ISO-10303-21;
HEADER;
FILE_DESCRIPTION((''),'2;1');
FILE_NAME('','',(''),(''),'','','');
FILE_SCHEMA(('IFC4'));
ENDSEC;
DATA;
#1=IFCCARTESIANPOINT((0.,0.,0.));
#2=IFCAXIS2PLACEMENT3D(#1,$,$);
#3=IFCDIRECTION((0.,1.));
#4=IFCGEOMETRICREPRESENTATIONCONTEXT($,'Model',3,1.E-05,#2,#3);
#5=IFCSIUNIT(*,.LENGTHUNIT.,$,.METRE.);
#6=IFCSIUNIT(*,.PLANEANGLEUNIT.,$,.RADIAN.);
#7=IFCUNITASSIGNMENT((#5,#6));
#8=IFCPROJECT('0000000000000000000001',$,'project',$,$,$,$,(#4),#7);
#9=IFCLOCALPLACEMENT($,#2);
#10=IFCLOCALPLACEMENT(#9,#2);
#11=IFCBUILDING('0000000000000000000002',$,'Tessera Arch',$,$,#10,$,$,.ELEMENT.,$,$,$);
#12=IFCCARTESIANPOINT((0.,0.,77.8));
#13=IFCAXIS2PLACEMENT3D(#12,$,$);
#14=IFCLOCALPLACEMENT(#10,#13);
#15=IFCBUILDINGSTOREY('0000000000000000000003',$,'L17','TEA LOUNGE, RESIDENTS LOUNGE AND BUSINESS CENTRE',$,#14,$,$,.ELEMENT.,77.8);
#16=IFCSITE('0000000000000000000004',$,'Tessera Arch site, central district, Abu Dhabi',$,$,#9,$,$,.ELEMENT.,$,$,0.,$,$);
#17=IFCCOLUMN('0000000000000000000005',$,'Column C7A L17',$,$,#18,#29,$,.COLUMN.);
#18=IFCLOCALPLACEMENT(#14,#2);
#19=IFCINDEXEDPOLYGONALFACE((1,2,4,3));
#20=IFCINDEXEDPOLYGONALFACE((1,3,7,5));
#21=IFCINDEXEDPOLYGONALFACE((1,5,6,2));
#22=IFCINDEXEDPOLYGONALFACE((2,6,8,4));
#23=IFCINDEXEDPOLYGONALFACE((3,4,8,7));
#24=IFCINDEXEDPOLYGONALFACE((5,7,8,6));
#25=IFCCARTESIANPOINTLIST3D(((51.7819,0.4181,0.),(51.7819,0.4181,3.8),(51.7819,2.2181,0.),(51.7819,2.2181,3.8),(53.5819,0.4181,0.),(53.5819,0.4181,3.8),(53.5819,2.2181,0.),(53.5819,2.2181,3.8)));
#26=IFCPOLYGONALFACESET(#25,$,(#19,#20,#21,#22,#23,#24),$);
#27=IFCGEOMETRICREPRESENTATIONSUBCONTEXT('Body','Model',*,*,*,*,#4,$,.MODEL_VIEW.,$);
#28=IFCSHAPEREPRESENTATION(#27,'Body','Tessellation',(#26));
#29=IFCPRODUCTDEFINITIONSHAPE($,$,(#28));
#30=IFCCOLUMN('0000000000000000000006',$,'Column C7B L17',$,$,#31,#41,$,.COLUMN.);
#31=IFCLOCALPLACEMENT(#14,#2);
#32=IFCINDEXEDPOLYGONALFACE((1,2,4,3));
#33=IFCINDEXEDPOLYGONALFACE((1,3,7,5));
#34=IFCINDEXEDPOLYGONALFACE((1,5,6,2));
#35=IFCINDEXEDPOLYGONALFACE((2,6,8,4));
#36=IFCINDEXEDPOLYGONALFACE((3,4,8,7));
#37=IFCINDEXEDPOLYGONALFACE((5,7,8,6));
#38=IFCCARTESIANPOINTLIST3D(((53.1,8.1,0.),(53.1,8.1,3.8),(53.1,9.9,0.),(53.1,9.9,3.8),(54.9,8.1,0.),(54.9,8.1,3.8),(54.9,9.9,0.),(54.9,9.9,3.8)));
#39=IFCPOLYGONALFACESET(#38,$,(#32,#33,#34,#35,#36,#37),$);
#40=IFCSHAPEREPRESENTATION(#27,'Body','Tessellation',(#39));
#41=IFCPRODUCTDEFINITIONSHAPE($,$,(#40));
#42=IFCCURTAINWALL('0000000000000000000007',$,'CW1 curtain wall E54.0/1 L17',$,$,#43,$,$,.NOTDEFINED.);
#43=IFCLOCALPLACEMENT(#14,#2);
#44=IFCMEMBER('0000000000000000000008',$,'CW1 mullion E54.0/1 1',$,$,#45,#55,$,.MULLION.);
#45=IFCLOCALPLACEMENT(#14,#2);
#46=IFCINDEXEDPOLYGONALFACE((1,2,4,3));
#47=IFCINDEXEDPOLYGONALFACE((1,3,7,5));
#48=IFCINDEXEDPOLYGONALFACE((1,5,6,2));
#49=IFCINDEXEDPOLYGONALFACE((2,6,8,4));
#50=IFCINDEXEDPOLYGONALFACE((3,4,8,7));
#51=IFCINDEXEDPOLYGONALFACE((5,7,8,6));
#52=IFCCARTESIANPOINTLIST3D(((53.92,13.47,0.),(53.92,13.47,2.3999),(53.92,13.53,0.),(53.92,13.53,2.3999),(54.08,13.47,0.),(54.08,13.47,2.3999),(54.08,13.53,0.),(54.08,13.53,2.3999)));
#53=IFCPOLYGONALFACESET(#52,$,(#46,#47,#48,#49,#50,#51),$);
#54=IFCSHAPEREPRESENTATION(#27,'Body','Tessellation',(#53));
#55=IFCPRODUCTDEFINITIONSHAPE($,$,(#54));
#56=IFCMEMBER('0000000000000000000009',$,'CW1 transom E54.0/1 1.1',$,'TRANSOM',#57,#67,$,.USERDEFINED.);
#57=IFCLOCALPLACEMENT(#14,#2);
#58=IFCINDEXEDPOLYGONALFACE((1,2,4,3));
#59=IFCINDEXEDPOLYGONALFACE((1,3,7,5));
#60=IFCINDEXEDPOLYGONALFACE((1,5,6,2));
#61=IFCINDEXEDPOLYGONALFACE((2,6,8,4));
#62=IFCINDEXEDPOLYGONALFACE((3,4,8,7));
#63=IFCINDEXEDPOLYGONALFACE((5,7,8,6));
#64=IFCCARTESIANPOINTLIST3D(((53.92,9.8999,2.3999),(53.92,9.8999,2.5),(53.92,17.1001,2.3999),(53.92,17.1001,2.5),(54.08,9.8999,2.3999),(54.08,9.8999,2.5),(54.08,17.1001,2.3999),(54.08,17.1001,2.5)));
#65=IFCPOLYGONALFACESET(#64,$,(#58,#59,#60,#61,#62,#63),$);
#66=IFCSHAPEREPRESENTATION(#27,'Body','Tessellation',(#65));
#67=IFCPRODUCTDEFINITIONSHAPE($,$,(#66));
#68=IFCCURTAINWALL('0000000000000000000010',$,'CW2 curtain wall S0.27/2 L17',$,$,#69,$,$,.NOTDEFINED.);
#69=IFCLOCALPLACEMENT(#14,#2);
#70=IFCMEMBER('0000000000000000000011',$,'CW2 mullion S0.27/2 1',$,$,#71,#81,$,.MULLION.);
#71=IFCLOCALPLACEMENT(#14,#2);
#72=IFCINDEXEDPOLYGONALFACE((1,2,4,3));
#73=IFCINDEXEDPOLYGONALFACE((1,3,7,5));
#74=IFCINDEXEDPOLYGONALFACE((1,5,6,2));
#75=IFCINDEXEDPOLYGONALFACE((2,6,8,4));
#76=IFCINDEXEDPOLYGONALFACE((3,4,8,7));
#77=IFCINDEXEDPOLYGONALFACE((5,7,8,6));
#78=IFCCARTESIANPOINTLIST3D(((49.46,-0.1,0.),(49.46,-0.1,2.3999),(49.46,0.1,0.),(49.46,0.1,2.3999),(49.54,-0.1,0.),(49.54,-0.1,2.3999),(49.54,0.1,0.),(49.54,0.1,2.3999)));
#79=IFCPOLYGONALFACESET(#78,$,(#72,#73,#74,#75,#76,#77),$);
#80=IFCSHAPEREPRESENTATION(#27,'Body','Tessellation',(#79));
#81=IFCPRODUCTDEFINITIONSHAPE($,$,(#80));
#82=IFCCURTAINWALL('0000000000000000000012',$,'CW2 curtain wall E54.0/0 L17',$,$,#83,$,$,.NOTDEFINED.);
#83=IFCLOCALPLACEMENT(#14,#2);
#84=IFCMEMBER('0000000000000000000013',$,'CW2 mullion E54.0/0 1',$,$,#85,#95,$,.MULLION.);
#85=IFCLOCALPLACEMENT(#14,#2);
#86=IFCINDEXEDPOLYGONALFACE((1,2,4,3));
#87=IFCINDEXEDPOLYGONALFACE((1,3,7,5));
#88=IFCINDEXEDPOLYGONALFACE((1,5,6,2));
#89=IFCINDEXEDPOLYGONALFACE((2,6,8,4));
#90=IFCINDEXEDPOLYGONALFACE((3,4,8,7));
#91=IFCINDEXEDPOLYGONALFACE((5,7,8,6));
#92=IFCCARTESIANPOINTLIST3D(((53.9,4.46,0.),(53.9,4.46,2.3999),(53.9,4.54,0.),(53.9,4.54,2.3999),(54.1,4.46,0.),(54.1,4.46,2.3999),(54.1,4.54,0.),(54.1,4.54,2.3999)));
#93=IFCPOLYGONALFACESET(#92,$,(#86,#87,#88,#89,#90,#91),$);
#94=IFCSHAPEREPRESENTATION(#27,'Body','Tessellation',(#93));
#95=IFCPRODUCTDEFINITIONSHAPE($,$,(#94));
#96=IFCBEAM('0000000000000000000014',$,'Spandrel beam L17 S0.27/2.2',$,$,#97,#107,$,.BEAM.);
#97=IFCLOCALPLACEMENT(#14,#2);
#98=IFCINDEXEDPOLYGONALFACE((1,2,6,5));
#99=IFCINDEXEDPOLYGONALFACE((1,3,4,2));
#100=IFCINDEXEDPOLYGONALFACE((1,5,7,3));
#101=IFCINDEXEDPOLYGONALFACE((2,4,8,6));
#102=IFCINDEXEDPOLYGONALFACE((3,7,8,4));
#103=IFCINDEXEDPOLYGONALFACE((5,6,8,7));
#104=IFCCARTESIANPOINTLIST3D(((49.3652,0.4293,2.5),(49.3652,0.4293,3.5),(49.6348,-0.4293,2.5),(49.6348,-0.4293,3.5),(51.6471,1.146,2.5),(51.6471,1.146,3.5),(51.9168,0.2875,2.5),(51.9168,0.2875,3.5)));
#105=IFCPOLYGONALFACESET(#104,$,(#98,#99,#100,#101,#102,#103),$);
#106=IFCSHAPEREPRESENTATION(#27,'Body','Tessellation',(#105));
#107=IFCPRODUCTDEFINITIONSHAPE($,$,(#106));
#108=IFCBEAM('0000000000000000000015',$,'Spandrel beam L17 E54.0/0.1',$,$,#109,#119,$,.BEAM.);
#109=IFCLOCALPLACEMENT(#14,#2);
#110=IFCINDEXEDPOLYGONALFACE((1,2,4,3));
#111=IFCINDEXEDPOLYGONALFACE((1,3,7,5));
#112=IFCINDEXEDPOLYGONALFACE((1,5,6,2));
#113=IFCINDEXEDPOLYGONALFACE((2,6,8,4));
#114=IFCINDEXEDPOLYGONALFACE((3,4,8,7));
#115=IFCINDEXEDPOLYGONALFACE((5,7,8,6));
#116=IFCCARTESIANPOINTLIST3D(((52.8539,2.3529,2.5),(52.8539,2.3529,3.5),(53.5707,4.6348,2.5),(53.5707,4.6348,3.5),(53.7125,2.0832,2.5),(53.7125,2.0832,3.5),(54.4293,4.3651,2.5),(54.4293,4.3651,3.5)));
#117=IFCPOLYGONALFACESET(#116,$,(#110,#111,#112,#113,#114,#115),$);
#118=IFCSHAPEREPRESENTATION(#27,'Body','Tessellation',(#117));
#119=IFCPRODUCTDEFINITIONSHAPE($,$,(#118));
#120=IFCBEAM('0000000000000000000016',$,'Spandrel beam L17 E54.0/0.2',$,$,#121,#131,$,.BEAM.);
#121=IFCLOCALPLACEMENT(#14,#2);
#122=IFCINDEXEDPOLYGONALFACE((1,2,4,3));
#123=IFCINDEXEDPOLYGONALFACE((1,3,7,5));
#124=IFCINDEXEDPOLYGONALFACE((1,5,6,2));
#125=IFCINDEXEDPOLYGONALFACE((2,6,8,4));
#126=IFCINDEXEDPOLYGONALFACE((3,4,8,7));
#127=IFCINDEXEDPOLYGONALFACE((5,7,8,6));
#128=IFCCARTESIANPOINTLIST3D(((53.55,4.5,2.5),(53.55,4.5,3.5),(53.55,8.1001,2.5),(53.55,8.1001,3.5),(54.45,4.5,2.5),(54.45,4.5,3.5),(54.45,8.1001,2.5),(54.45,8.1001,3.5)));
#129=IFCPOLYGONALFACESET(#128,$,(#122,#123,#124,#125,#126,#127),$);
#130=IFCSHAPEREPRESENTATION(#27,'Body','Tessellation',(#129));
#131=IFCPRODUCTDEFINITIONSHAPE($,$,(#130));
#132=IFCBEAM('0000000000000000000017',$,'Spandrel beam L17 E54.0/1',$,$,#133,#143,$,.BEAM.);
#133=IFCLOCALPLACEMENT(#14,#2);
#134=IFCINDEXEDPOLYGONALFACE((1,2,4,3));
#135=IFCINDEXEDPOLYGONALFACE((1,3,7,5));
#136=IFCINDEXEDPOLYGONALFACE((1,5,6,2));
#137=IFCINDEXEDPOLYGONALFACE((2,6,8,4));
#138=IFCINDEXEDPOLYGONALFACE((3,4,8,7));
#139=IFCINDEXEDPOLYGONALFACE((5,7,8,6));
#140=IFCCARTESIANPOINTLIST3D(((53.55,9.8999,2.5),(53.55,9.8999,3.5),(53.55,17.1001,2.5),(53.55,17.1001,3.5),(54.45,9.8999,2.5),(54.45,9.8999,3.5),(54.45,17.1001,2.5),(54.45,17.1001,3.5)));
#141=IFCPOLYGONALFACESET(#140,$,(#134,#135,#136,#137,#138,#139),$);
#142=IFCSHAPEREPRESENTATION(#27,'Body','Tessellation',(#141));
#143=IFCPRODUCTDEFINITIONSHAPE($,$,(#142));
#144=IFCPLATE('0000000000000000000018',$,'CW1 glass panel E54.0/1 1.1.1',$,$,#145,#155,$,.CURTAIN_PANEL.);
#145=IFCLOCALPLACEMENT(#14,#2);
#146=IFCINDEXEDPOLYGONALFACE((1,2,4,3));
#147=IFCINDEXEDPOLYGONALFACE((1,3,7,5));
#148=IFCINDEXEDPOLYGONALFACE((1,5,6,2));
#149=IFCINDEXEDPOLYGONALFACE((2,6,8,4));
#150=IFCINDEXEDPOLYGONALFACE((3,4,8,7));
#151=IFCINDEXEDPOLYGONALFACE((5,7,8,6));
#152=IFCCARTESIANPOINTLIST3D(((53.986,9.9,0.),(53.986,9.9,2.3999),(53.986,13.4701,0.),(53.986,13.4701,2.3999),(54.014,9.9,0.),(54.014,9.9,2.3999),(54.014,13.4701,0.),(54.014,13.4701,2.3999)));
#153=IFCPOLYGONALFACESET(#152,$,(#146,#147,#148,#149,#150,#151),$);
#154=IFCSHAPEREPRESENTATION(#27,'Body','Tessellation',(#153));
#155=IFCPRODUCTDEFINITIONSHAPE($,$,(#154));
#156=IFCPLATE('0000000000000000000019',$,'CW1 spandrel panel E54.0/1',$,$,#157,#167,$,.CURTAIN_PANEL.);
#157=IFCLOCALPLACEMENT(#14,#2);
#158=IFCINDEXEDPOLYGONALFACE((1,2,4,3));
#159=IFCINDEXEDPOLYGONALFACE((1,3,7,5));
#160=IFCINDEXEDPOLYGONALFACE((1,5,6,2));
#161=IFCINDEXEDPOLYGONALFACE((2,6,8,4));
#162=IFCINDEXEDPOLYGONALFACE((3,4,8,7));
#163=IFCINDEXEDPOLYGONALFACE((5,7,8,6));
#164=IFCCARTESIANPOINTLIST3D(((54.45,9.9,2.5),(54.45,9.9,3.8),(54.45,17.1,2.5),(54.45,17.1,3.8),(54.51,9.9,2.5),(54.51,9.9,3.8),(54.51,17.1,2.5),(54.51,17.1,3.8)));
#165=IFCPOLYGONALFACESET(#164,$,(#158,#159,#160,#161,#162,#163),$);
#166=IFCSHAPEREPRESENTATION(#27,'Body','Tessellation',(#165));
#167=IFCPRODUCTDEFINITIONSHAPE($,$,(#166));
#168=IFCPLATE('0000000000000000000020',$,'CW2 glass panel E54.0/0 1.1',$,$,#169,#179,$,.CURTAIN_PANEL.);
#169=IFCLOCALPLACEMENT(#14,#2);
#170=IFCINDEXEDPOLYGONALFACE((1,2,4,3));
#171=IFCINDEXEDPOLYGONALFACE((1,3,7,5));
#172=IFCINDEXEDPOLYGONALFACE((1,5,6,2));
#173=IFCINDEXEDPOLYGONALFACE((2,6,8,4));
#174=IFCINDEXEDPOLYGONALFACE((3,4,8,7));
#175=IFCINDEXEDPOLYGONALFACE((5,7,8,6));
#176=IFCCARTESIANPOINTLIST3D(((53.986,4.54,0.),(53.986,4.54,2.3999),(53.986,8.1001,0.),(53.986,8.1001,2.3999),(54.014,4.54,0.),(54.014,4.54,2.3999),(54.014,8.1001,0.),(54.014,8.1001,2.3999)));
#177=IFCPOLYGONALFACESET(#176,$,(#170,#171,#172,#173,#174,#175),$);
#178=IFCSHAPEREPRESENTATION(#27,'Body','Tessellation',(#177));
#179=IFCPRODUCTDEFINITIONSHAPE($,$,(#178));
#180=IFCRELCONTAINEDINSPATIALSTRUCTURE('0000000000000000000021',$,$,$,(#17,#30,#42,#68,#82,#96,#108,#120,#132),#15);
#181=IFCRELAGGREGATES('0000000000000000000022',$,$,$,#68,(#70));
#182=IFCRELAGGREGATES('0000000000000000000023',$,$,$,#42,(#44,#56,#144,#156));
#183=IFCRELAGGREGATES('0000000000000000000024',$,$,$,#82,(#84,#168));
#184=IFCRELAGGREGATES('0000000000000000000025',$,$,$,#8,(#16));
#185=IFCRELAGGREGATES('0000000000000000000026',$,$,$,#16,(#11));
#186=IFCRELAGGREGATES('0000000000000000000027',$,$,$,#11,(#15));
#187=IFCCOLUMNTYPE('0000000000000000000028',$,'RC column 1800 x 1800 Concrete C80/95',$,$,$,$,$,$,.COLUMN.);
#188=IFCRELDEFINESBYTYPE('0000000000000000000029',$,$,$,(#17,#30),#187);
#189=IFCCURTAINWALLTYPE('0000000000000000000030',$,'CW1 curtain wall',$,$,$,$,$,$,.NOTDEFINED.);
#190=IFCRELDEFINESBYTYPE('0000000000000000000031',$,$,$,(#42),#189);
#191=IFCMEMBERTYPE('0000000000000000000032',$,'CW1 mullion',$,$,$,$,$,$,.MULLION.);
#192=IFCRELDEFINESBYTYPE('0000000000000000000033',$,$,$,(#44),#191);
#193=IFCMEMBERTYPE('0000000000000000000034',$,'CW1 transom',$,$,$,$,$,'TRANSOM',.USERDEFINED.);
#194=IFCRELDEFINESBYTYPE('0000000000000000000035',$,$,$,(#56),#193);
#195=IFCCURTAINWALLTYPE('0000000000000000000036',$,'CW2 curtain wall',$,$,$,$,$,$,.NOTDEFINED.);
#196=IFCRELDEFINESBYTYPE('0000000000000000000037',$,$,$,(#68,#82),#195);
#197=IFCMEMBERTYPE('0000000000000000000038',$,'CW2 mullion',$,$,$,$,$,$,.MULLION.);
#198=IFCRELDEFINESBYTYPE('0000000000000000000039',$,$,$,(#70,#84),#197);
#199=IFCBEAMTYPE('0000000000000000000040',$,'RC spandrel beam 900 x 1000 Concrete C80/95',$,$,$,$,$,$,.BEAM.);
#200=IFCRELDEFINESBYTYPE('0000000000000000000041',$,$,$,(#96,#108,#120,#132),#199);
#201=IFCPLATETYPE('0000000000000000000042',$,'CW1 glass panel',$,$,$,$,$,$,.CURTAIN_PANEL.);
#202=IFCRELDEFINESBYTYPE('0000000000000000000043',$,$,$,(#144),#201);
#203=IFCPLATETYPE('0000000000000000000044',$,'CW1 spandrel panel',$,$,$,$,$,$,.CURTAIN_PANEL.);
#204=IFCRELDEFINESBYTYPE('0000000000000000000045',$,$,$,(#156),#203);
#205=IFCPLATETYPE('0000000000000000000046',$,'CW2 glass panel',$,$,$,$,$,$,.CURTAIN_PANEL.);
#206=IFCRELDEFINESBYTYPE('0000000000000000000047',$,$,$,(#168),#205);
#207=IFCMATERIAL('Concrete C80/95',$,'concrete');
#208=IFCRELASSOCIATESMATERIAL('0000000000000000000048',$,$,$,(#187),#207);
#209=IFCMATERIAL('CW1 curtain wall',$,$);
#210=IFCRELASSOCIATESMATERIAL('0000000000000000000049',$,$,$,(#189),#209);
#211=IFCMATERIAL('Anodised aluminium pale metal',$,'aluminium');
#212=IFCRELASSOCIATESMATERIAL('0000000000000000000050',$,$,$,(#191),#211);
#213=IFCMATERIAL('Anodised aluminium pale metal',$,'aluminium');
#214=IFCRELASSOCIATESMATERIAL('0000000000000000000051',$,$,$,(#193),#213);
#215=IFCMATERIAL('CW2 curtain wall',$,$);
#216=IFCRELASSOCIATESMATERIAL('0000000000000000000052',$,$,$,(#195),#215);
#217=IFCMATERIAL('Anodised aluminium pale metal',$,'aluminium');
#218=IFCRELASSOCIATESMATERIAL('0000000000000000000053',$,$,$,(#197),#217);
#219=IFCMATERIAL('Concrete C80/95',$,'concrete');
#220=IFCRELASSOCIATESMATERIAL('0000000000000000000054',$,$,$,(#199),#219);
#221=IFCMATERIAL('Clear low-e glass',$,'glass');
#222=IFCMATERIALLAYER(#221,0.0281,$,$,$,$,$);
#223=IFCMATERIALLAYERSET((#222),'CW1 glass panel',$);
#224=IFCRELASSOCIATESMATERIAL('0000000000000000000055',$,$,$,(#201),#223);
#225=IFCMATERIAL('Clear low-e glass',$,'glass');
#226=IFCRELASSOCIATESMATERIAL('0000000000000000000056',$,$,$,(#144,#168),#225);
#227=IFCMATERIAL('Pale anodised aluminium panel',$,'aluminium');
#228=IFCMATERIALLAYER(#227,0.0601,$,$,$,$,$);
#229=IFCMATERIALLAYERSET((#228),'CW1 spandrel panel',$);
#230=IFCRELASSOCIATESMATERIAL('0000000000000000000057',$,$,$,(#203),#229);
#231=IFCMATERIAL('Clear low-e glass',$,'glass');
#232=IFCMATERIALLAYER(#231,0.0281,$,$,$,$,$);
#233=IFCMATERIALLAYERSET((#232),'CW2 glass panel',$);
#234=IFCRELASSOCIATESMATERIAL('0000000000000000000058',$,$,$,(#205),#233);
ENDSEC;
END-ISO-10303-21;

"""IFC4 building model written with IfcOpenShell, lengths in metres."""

from ifc_helpers import new_model, si_unit, direction, frame, origin, origin_2d, place, context, subcontext, project, spatial, rectangle, extrude, material, layer, layer_set, material_profile, profile_set, type_object, element, aggregate, save


model = new_model("IFC4")

# Units and contexts
model_context = context("Model", 3, precision=1e-05, world=origin(), true_north=direction((0.0, 1.0)))
body_context = subcontext(model_context, "Body", "Model", "MODEL_VIEW")
ifc_project = project(units=[si_unit("LENGTHUNIT", "METRE"), si_unit("PLANEANGLEUNIT", "RADIAN")], contexts=[model_context])

# Site, building, storey
site_placement = place(None, origin())
site = spatial("IfcSite", under=ifc_project, at=site_placement, Name="Tessera Arch site, central district, Abu Dhabi", CompositionType="ELEMENT", RefElevation=0.0)
building_placement = place(site_placement, origin())
building = spatial("IfcBuilding", under=site, at=building_placement, Name="Tessera Arch", CompositionType="ELEMENT")
storey_placement = place(building_placement, frame((0.0, 0.0, 77.8)))
storey = spatial("IfcBuildingStorey", under=building, at=storey_placement, Name="L17", Description="TEA LOUNGE, RESIDENTS LOUNGE AND BUSINESS CENTRE", CompositionType="ELEMENT", Elevation=77.8)

# Columns
ifc_material_1 = material(Name="Concrete C80/95", Category="concrete")
ifc_material_profile_1 = material_profile(ifc_material_1, rectangle(XDim=1.8, YDim=1.8, at=origin_2d()), Name="RC column 1800 x 1800 Concrete C80/95")
ifc_profile_set_1 = profile_set([ifc_material_profile_1], Name="Concrete C80/95")
column_type = type_object("IfcColumnType", Name="RC column 1800 x 1800 Concrete C80/95", PredefinedType="COLUMN", material=ifc_profile_set_1)
for number, where, z_axis, x_axis, name in (
    (1, (52.6819, 1.3181, 0.0), (0.0, 0.0, 1.0), (1.0, 0.0, 0.0), "Column C7A L17"),
    (2, (54.0, 9.0, 0.0), (0.0, 0.0, 1.0), (1.0, 0.0, 0.0), "Column C7B L17"),
):
    element("IfcColumn", number, at=place(storey_placement, frame(where, z_axis=z_axis, x_axis=x_axis)), inside=storey, type_object=column_type, Name=name, PredefinedType="COLUMN", context=body_context, shape_type="SweptSolid", body=[
        extrude(rectangle(XDim=1.8, YDim=1.8, at=origin_2d()), origin(), (0.0, 0.0, 1.0), 3.8),
    ])

# Curtain wall, members
ifc_material_2 = material(Name="CW1 curtain wall")
curtain_wall_type_1 = type_object("IfcCurtainWallType", Name="CW1 curtain wall", PredefinedType="NOTDEFINED", material=ifc_material_2)
curtain_wall_1_placement = place(storey_placement, origin())
curtain_wall_1 = element("IfcCurtainWall", 3, at=curtain_wall_1_placement, inside=storey, type_object=curtain_wall_type_1, Name="CW1 curtain wall E54.0/1 L17", PredefinedType="NOTDEFINED")
ifc_material_3 = material(Name="Anodised aluminium pale metal", Category="aluminium")
ifc_material_profile_2 = material_profile(ifc_material_3, rectangle(XDim=0.1599, YDim=0.0601, at=origin_2d()), Name="AL 60x160")
ifc_profile_set_2 = profile_set([ifc_material_profile_2], Name="Anodised aluminium pale metal")
member_type_1 = type_object("IfcMemberType", Name="CW1 mullion", PredefinedType="MULLION", material=ifc_profile_set_2)
member_1_placement = place(storey_placement, frame((54.0, 13.5, 0.0), z_axis=(0.0, 0.0, 1.0), x_axis=(-1.0, 0.0, 0.0)))
member_1 = element("IfcMember", 4, at=member_1_placement, type_object=member_type_1, Name="CW1 mullion E54.0/1 1", PredefinedType="MULLION", context=body_context, shape_type="SweptSolid", body=[
    extrude(rectangle(XDim=0.1599, YDim=0.0601, at=origin_2d()), origin(), (0.0, 0.0, 1.0), 2.3999),
])
ifc_material_4 = material(Name="Anodised aluminium pale metal", Category="aluminium")
ifc_material_profile_3 = material_profile(ifc_material_4, rectangle(XDim=0.1599, YDim=0.1001, at=origin_2d()), Name="AL 160x100")
ifc_profile_set_3 = profile_set([ifc_material_profile_3], Name="Anodised aluminium pale metal")
member_type_2 = type_object("IfcMemberType", Name="CW1 transom", ElementType="TRANSOM", PredefinedType="USERDEFINED", material=ifc_profile_set_3)
member_2_placement = place(storey_placement, frame((54.0, 9.8999, 2.45), z_axis=(0.0, 1.0, 0.0), x_axis=(-1.0, 0.0, 0.0)))
member_2 = element("IfcMember", 5, at=member_2_placement, type_object=member_type_2, Name="CW1 transom E54.0/1 1.1", ObjectType="TRANSOM", PredefinedType="USERDEFINED", context=body_context, shape_type="SweptSolid", body=[
    extrude(rectangle(XDim=0.1599, YDim=0.1001, at=origin_2d()), origin(), (0.0, 0.0, 1.0), 7.2002),
])

# Curtain walls, members
ifc_material_5 = material(Name="CW2 curtain wall")
curtain_wall_type_2 = type_object("IfcCurtainWallType", Name="CW2 curtain wall", PredefinedType="NOTDEFINED", material=ifc_material_5)
curtain_wall_2_placement = place(storey_placement, origin())
curtain_wall_2 = element("IfcCurtainWall", 6, at=curtain_wall_2_placement, inside=storey, type_object=curtain_wall_type_2, Name="CW2 curtain wall S0.27/2 L17", PredefinedType="NOTDEFINED")
ifc_material_6 = material(Name="Anodised aluminium pale metal", Category="aluminium")
ifc_material_profile_4 = material_profile(ifc_material_6, rectangle(XDim=0.2, YDim=0.0801, at=origin_2d()), Name="AL 80x200")
ifc_profile_set_4 = profile_set([ifc_material_profile_4], Name="Anodised aluminium pale metal")
member_type_3 = type_object("IfcMemberType", Name="CW2 mullion", PredefinedType="MULLION", material=ifc_profile_set_4)
member_3_placement = place(storey_placement, frame((49.5, 0.0, 0.0), z_axis=(0.0, 0.0, 1.0), x_axis=(0.0, 1.0, 0.0)))
member_3 = element("IfcMember", 7, at=member_3_placement, type_object=member_type_3, Name="CW2 mullion S0.27/2 1", PredefinedType="MULLION", context=body_context, shape_type="SweptSolid", body=[
    extrude(rectangle(XDim=0.2, YDim=0.0801, at=origin_2d()), origin(), (0.0, 0.0, 1.0), 2.3999),
])
aggregate(curtain_wall_2, [member_3])
curtain_wall_3_placement = place(storey_placement, origin())
curtain_wall_3 = element("IfcCurtainWall", 8, at=curtain_wall_3_placement, inside=storey, type_object=curtain_wall_type_2, Name="CW2 curtain wall E54.0/0 L17", PredefinedType="NOTDEFINED")
member_4_placement = place(storey_placement, frame((54.0, 4.5, 0.0), z_axis=(0.0, 0.0, 1.0), x_axis=(-1.0, 0.0, 0.0)))
member_4 = element("IfcMember", 9, at=member_4_placement, type_object=member_type_3, Name="CW2 mullion E54.0/0 1", PredefinedType="MULLION", context=body_context, shape_type="SweptSolid", body=[
    extrude(rectangle(XDim=0.2, YDim=0.0801, at=origin_2d()), origin(), (0.0, 0.0, 1.0), 2.3999),
])

# Beams
ifc_material_7 = material(Name="Concrete C80/95", Category="concrete")
ifc_material_profile_5 = material_profile(ifc_material_7, rectangle(XDim=0.8999, YDim=1.0, at=origin_2d()), Name="RC spandrel beam 900 x 1000 Concrete C80/95")
ifc_profile_set_5 = profile_set([ifc_material_profile_5], Name="Concrete C80/95")
beam_type = type_object("IfcBeamType", Name="RC spandrel beam 900 x 1000 Concrete C80/95", PredefinedType="BEAM", material=ifc_profile_set_5)
for number, where, z_axis, x_axis, name in (
    (10, (49.5, 0.0, 3.0), (0.954041, 0.299675, 0.0), (-0.299675, 0.954041, 0.0), "Spandrel beam L17 S0.27/2.2"),
    (11, (53.2832, 2.218, 3.0), (0.299675, 0.954041, 0.0), (-0.954041, 0.299675, 0.0), "Spandrel beam L17 E54.0/0.1"),
):
    element("IfcBeam", number, at=place(storey_placement, frame(where, z_axis=z_axis, x_axis=x_axis)), inside=storey, type_object=beam_type, Name=name, PredefinedType="BEAM", context=body_context, shape_type="SweptSolid", body=[
        extrude(rectangle(XDim=0.8999, YDim=1.0, at=origin_2d()), origin(), (0.0, 0.0, 1.0), 2.3918),
    ])
beam_1_placement = place(storey_placement, frame((54.0, 4.5, 3.0), z_axis=(0.0, 1.0, 0.0), x_axis=(-1.0, 0.0, 0.0)))
element("IfcBeam", 12, at=beam_1_placement, inside=storey, type_object=beam_type, Name="Spandrel beam L17 E54.0/0.2", PredefinedType="BEAM", context=body_context, shape_type="SweptSolid", body=[
    extrude(rectangle(XDim=0.8999, YDim=1.0, at=origin_2d()), origin(), (0.0, 0.0, 1.0), 3.6001),
])
beam_2_placement = place(storey_placement, frame((54.0, 9.8999, 3.0), z_axis=(0.0, 1.0, 0.0), x_axis=(-1.0, 0.0, 0.0)))
element("IfcBeam", 13, at=beam_2_placement, inside=storey, type_object=beam_type, Name="Spandrel beam L17 E54.0/1", PredefinedType="BEAM", context=body_context, shape_type="SweptSolid", body=[
    extrude(rectangle(XDim=0.8999, YDim=1.0, at=origin_2d()), origin(), (0.0, 0.0, 1.0), 7.2002),
])

# Plates
ifc_material_8 = material(Name="Clear low-e glass", Category="glass")
ifc_material_9 = material(Name="Clear low-e glass", Category="glass")
ifc_layer_1 = layer(ifc_material_9, 0.0281)
ifc_layer_set_1 = layer_set([ifc_layer_1], Name="CW1 glass panel")
plate_type_1 = type_object("IfcPlateType", Name="CW1 glass panel", PredefinedType="CURTAIN_PANEL", material=ifc_layer_set_1)
plate_1_placement = place(storey_placement, frame((54.0, 11.6851, 0.0), z_axis=(0.0, 0.0, 1.0), x_axis=(0.0, 1.0, 0.0)))
plate_1 = element("IfcPlate", 14, at=plate_1_placement, type_object=plate_type_1, material=ifc_material_8, Name="CW1 glass panel E54.0/1 1.1.1", PredefinedType="CURTAIN_PANEL", context=body_context, shape_type="SweptSolid", body=[
    extrude(rectangle(XDim=3.5701, YDim=0.0281, at=origin_2d()), origin(), (0.0, 0.0, 1.0), 2.3999),
])
ifc_material_10 = material(Name="Pale anodised aluminium panel", Category="aluminium")
ifc_layer_2 = layer(ifc_material_10, 0.0601)
ifc_layer_set_2 = layer_set([ifc_layer_2], Name="CW1 spandrel panel")
plate_type_2 = type_object("IfcPlateType", Name="CW1 spandrel panel", PredefinedType="CURTAIN_PANEL", material=ifc_layer_set_2)
plate_2_placement = place(storey_placement, frame((54.48, 13.5, 2.5), z_axis=(0.0, 0.0, 1.0), x_axis=(0.0, 1.0, 0.0)))
plate_2 = element("IfcPlate", 15, at=plate_2_placement, type_object=plate_type_2, Name="CW1 spandrel panel E54.0/1", PredefinedType="CURTAIN_PANEL", context=body_context, shape_type="SweptSolid", body=[
    extrude(rectangle(XDim=7.2, YDim=0.0601, at=origin_2d()), origin(), (0.0, 0.0, 1.0), 1.3),
])
aggregate(curtain_wall_1, [member_1, member_2, plate_1, plate_2])
ifc_material_11 = material(Name="Clear low-e glass", Category="glass")
ifc_layer_3 = layer(ifc_material_11, 0.0281)
ifc_layer_set_3 = layer_set([ifc_layer_3], Name="CW2 glass panel")
plate_type_3 = type_object("IfcPlateType", Name="CW2 glass panel", PredefinedType="CURTAIN_PANEL", material=ifc_layer_set_3)
plate_3_placement = place(storey_placement, frame((54.0, 6.3201, 0.0), z_axis=(0.0, 0.0, 1.0), x_axis=(0.0, 1.0, 0.0)))
plate_3 = element("IfcPlate", 16, at=plate_3_placement, type_object=plate_type_3, material=ifc_material_8, Name="CW2 glass panel E54.0/0 1.1", PredefinedType="CURTAIN_PANEL", context=body_context, shape_type="SweptSolid", body=[
    extrude(rectangle(XDim=3.5601, YDim=0.0281, at=origin_2d()), origin(), (0.0, 0.0, 1.0), 2.3999),
])
aggregate(curtain_wall_3, [member_4, plate_3])

save(model, "model.ifc")
